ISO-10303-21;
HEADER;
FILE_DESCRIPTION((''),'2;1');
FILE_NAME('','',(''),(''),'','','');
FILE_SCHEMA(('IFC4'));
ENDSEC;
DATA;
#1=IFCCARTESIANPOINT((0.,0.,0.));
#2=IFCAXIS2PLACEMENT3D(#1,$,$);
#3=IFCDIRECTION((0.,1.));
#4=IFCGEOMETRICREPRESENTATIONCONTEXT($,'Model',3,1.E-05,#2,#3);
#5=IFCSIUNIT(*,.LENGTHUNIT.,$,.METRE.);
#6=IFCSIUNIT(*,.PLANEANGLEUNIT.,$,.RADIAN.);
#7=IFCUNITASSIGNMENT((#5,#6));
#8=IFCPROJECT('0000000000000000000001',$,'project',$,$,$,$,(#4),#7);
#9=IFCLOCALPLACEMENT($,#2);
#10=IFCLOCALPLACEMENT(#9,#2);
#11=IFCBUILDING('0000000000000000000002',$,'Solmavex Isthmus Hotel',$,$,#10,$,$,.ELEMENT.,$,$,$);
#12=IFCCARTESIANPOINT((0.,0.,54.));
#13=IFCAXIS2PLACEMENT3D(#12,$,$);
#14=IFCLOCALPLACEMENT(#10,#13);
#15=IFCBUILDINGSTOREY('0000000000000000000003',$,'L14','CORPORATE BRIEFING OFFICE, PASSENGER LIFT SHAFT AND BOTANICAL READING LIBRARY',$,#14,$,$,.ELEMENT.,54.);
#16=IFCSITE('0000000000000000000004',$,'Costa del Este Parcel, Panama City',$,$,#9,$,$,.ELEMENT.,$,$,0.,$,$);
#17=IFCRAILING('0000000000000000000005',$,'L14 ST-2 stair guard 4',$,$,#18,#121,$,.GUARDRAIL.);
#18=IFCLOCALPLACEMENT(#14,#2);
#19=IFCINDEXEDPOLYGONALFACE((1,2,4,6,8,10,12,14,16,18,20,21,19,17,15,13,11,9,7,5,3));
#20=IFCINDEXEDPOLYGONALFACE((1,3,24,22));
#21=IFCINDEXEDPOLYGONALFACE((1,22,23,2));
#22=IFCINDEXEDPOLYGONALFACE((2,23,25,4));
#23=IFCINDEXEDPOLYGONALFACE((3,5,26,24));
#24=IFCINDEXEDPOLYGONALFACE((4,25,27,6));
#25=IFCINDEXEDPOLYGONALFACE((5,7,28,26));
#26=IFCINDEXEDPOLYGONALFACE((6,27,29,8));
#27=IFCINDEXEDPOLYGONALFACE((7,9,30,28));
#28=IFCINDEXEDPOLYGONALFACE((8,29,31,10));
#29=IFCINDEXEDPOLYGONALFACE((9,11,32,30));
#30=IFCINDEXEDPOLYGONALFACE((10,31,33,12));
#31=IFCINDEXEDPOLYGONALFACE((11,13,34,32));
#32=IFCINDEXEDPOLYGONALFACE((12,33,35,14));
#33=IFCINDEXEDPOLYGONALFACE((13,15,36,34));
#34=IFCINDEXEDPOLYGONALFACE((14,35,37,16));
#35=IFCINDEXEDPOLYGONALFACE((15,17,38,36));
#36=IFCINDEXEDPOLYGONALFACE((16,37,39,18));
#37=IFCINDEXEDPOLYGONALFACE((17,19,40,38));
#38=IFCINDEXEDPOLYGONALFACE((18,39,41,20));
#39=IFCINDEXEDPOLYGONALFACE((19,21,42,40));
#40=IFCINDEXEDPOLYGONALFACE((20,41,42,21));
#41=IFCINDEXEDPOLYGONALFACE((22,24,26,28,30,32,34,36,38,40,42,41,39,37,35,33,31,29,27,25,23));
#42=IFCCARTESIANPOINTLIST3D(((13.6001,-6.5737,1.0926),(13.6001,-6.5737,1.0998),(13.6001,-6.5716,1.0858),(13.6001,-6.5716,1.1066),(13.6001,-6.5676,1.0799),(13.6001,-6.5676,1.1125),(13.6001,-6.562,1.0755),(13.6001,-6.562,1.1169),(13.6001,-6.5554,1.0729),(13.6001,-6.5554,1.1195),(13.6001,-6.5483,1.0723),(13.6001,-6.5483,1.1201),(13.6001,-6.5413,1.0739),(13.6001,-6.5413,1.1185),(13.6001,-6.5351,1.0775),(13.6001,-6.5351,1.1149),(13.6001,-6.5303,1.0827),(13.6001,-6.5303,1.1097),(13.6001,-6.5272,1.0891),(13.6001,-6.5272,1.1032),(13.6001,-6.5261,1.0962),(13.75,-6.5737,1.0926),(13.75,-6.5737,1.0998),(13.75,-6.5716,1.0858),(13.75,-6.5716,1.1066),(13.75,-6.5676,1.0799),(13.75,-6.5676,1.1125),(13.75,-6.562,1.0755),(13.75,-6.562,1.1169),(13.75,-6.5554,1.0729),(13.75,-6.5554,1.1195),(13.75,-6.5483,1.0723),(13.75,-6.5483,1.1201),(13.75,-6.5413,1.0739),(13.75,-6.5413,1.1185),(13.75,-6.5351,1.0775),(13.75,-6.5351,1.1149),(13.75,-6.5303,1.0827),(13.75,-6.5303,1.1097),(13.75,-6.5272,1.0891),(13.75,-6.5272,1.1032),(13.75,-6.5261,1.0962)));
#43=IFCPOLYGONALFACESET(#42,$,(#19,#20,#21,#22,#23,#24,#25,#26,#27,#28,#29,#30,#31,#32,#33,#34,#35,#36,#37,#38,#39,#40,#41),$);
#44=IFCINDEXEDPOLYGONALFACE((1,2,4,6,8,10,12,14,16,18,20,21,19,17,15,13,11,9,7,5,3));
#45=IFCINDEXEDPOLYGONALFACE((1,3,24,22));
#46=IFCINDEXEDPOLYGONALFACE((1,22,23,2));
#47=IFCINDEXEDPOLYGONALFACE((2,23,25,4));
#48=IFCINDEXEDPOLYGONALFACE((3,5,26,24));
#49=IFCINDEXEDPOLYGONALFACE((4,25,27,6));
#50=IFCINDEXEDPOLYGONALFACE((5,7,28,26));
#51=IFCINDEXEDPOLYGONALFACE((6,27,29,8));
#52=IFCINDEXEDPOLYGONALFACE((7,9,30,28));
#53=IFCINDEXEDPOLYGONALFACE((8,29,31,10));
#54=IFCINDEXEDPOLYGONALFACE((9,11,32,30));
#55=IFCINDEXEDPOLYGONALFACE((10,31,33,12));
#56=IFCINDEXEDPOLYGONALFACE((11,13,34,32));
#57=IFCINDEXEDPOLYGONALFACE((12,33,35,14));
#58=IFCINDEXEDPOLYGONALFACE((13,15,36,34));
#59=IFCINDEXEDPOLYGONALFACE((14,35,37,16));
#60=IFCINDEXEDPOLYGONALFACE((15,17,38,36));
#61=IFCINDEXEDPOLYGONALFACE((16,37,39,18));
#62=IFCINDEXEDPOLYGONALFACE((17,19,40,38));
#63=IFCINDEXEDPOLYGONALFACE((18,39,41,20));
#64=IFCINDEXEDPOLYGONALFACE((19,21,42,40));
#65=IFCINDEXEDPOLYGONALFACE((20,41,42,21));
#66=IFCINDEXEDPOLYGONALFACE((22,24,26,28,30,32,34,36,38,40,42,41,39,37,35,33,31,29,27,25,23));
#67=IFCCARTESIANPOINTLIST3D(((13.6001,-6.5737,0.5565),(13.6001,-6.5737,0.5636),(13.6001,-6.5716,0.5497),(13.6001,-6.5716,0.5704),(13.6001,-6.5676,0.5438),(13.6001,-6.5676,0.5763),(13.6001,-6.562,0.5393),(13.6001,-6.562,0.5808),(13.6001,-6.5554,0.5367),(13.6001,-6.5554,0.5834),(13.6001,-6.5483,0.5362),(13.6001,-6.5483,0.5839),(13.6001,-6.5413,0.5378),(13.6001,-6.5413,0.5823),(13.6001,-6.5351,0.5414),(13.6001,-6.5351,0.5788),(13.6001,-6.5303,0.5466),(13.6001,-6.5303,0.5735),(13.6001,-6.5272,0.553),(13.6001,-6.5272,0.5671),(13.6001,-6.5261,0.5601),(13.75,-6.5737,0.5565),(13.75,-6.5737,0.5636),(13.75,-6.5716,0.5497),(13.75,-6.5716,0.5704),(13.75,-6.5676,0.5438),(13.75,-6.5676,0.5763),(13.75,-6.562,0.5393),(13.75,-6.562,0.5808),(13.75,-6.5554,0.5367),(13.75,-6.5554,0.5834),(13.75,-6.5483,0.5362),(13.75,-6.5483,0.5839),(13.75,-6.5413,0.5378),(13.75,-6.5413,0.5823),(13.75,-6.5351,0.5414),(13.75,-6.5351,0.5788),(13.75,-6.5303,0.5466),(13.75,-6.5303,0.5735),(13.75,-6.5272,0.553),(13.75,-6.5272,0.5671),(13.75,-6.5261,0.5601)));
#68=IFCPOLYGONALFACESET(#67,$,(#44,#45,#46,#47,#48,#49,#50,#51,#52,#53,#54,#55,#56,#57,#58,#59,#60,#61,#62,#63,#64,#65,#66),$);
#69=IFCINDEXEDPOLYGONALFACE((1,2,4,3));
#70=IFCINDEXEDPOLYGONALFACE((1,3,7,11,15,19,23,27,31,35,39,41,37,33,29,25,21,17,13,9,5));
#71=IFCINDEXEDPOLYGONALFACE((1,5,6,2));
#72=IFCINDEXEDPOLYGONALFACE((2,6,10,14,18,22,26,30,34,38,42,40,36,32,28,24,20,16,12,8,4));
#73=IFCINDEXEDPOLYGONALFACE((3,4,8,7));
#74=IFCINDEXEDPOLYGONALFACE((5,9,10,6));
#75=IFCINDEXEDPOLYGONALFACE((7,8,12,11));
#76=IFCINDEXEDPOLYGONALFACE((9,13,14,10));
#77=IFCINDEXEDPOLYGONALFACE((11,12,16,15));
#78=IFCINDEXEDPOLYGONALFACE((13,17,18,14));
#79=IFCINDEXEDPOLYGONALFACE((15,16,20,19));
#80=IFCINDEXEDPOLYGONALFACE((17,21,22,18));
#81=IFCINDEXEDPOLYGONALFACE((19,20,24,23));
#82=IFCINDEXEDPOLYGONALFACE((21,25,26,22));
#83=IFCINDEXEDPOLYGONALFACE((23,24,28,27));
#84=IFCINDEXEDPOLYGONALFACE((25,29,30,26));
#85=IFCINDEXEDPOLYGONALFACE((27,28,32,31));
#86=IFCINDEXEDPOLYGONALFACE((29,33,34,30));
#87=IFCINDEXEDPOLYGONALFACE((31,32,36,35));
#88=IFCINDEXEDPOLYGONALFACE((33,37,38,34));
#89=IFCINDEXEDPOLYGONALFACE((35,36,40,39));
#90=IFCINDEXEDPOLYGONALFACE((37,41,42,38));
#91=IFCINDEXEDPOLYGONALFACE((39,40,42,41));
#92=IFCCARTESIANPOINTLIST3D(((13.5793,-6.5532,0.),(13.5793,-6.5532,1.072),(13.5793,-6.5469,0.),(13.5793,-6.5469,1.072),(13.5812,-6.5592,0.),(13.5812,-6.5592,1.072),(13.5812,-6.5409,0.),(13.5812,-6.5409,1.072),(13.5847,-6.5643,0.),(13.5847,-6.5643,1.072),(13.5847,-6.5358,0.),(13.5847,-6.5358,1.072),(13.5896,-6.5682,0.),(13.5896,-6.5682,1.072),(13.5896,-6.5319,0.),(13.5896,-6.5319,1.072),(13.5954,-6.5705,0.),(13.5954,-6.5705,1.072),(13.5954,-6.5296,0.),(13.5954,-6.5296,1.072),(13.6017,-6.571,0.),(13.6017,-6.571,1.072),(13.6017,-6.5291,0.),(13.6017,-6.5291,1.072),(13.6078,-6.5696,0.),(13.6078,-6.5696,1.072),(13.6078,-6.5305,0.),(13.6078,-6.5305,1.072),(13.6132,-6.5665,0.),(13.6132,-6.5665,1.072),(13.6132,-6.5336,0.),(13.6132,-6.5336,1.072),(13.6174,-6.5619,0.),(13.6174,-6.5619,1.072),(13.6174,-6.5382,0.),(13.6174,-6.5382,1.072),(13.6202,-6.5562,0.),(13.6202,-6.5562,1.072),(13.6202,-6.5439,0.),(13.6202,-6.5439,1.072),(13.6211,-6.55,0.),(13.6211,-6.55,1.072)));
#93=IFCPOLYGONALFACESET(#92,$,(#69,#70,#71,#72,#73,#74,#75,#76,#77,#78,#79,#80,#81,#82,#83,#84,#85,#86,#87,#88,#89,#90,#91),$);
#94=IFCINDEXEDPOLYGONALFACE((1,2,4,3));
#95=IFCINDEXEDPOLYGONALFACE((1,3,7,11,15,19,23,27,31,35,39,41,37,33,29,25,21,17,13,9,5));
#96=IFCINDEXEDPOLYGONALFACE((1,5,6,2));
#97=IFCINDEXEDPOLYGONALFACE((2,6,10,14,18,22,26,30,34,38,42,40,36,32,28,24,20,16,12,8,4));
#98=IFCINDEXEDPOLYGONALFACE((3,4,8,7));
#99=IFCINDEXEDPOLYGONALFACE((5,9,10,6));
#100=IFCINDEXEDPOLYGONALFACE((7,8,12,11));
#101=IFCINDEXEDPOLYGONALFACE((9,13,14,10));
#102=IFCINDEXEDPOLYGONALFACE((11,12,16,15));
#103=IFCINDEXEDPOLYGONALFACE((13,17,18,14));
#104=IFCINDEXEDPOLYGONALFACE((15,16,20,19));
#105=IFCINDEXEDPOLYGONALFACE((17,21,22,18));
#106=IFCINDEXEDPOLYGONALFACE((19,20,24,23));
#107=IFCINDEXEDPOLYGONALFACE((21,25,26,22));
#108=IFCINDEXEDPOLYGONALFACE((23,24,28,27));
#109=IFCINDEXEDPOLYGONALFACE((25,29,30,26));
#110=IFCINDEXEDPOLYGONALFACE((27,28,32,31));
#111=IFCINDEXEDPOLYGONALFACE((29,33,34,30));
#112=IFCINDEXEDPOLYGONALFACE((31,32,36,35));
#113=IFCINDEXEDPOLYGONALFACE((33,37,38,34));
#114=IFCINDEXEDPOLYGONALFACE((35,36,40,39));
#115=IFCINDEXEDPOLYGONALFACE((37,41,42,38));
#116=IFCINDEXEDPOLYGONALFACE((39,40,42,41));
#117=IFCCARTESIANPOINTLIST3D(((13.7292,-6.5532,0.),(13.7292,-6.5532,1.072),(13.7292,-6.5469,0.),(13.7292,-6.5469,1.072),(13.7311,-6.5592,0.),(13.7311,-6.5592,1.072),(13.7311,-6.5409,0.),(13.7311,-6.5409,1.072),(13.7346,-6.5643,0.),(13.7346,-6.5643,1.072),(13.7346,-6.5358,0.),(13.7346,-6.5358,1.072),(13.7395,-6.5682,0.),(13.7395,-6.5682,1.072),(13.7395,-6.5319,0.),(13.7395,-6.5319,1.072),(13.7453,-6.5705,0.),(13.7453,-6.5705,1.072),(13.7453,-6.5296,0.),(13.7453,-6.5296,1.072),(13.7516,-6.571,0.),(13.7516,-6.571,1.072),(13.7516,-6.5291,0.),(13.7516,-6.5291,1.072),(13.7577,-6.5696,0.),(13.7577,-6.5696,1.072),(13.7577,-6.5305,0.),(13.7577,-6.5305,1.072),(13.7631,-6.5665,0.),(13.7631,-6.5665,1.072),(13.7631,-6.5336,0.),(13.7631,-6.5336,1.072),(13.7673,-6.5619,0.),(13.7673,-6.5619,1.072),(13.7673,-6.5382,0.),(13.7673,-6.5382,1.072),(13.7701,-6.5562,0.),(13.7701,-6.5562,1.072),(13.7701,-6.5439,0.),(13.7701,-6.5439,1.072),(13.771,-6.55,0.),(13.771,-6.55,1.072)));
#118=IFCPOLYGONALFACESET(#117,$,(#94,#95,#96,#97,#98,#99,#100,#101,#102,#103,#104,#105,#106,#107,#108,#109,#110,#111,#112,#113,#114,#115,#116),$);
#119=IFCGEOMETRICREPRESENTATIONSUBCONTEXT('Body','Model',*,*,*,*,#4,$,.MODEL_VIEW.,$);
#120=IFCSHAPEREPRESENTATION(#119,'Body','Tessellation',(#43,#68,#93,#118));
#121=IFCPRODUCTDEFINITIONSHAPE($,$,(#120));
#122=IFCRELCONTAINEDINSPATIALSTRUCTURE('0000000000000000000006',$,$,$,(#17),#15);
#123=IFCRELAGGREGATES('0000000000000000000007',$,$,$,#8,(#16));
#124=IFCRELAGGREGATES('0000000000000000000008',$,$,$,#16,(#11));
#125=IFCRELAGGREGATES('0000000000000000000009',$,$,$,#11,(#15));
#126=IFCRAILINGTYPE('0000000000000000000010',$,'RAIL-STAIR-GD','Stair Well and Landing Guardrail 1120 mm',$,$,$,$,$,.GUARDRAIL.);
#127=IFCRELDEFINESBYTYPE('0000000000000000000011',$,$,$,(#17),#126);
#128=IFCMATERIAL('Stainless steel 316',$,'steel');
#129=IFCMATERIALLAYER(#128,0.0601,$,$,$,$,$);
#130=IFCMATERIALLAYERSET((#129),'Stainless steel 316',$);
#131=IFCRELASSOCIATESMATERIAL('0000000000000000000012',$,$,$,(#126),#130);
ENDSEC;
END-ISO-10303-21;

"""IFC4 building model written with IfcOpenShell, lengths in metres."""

from ifc_helpers import new_model, si_unit, direction, frame, origin, origin_2d, place, context, subcontext, project, spatial, circle, extrude, material, layer, layer_set, type_object, element, save


model = new_model("IFC4")

# Units and contexts
model_context = context("Model", 3, precision=1e-05, world=origin(), true_north=direction((0.0, 1.0)))
body_context = subcontext(model_context, "Body", "Model", "MODEL_VIEW")
ifc_project = project(units=[si_unit("LENGTHUNIT", "METRE"), si_unit("PLANEANGLEUNIT", "RADIAN")], contexts=[model_context])

# Site, building, storey
site_placement = place(None, origin())
site = spatial("IfcSite", under=ifc_project, at=site_placement, Name="Costa del Este Parcel, Panama City", CompositionType="ELEMENT", RefElevation=0.0)
building_placement = place(site_placement, origin())
building = spatial("IfcBuilding", under=site, at=building_placement, Name="Solmavex Isthmus Hotel", CompositionType="ELEMENT")
storey_placement = place(building_placement, frame((0.0, 0.0, 54.0)))
storey = spatial("IfcBuildingStorey", under=building, at=storey_placement, Name="L14", Description="CORPORATE BRIEFING OFFICE, PASSENGER LIFT SHAFT AND BOTANICAL READING LIBRARY", CompositionType="ELEMENT", Elevation=54.0)

# Railing
ifc_material_1 = material(Name="Stainless steel 316", Category="steel")
ifc_layer_1 = layer(ifc_material_1, 0.0601)
ifc_layer_set_1 = layer_set([ifc_layer_1], Name="Stainless steel 316")
railing_type_1 = type_object("IfcRailingType", Name="RAIL-STAIR-GD", Description="Stair Well and Landing Guardrail 1120 mm", PredefinedType="GUARDRAIL", material=ifc_layer_set_1)
railing_1_placement = place(storey_placement, frame((13.6001, -6.55, 0.0)))
element("IfcRailing", 1, at=railing_1_placement, inside=storey, type_object=railing_type_1, Name="L14 ST-2 stair guard 4", PredefinedType="GUARDRAIL", context=body_context, shape_type="SweptSolid", body=[
    extrude(circle(Radius=0.0239, at=origin_2d()), frame((0.0, 0.0, 1.0962), z_axis=(1.0, 0.0, 0.0), x_axis=(0.0, 1.0, 0.0)), (0.0, 0.0, 1.0), 0.1499),
    extrude(circle(Radius=0.0239, at=origin_2d()), frame((0.0, 0.0, 0.5601), z_axis=(1.0, 0.0, 0.0), x_axis=(0.0, 1.0, 0.0)), (0.0, 0.0, 1.0), 0.1499),
    extrude(circle(Radius=0.021, at=origin_2d()), origin(), (0.0, 0.0, 1.0), 1.072),
    extrude(circle(Radius=0.021, at=origin_2d()), frame((0.1499, 0.0, 0.0)), (0.0, 0.0, 1.0), 1.072),
])

save(model, "model.ifc")
